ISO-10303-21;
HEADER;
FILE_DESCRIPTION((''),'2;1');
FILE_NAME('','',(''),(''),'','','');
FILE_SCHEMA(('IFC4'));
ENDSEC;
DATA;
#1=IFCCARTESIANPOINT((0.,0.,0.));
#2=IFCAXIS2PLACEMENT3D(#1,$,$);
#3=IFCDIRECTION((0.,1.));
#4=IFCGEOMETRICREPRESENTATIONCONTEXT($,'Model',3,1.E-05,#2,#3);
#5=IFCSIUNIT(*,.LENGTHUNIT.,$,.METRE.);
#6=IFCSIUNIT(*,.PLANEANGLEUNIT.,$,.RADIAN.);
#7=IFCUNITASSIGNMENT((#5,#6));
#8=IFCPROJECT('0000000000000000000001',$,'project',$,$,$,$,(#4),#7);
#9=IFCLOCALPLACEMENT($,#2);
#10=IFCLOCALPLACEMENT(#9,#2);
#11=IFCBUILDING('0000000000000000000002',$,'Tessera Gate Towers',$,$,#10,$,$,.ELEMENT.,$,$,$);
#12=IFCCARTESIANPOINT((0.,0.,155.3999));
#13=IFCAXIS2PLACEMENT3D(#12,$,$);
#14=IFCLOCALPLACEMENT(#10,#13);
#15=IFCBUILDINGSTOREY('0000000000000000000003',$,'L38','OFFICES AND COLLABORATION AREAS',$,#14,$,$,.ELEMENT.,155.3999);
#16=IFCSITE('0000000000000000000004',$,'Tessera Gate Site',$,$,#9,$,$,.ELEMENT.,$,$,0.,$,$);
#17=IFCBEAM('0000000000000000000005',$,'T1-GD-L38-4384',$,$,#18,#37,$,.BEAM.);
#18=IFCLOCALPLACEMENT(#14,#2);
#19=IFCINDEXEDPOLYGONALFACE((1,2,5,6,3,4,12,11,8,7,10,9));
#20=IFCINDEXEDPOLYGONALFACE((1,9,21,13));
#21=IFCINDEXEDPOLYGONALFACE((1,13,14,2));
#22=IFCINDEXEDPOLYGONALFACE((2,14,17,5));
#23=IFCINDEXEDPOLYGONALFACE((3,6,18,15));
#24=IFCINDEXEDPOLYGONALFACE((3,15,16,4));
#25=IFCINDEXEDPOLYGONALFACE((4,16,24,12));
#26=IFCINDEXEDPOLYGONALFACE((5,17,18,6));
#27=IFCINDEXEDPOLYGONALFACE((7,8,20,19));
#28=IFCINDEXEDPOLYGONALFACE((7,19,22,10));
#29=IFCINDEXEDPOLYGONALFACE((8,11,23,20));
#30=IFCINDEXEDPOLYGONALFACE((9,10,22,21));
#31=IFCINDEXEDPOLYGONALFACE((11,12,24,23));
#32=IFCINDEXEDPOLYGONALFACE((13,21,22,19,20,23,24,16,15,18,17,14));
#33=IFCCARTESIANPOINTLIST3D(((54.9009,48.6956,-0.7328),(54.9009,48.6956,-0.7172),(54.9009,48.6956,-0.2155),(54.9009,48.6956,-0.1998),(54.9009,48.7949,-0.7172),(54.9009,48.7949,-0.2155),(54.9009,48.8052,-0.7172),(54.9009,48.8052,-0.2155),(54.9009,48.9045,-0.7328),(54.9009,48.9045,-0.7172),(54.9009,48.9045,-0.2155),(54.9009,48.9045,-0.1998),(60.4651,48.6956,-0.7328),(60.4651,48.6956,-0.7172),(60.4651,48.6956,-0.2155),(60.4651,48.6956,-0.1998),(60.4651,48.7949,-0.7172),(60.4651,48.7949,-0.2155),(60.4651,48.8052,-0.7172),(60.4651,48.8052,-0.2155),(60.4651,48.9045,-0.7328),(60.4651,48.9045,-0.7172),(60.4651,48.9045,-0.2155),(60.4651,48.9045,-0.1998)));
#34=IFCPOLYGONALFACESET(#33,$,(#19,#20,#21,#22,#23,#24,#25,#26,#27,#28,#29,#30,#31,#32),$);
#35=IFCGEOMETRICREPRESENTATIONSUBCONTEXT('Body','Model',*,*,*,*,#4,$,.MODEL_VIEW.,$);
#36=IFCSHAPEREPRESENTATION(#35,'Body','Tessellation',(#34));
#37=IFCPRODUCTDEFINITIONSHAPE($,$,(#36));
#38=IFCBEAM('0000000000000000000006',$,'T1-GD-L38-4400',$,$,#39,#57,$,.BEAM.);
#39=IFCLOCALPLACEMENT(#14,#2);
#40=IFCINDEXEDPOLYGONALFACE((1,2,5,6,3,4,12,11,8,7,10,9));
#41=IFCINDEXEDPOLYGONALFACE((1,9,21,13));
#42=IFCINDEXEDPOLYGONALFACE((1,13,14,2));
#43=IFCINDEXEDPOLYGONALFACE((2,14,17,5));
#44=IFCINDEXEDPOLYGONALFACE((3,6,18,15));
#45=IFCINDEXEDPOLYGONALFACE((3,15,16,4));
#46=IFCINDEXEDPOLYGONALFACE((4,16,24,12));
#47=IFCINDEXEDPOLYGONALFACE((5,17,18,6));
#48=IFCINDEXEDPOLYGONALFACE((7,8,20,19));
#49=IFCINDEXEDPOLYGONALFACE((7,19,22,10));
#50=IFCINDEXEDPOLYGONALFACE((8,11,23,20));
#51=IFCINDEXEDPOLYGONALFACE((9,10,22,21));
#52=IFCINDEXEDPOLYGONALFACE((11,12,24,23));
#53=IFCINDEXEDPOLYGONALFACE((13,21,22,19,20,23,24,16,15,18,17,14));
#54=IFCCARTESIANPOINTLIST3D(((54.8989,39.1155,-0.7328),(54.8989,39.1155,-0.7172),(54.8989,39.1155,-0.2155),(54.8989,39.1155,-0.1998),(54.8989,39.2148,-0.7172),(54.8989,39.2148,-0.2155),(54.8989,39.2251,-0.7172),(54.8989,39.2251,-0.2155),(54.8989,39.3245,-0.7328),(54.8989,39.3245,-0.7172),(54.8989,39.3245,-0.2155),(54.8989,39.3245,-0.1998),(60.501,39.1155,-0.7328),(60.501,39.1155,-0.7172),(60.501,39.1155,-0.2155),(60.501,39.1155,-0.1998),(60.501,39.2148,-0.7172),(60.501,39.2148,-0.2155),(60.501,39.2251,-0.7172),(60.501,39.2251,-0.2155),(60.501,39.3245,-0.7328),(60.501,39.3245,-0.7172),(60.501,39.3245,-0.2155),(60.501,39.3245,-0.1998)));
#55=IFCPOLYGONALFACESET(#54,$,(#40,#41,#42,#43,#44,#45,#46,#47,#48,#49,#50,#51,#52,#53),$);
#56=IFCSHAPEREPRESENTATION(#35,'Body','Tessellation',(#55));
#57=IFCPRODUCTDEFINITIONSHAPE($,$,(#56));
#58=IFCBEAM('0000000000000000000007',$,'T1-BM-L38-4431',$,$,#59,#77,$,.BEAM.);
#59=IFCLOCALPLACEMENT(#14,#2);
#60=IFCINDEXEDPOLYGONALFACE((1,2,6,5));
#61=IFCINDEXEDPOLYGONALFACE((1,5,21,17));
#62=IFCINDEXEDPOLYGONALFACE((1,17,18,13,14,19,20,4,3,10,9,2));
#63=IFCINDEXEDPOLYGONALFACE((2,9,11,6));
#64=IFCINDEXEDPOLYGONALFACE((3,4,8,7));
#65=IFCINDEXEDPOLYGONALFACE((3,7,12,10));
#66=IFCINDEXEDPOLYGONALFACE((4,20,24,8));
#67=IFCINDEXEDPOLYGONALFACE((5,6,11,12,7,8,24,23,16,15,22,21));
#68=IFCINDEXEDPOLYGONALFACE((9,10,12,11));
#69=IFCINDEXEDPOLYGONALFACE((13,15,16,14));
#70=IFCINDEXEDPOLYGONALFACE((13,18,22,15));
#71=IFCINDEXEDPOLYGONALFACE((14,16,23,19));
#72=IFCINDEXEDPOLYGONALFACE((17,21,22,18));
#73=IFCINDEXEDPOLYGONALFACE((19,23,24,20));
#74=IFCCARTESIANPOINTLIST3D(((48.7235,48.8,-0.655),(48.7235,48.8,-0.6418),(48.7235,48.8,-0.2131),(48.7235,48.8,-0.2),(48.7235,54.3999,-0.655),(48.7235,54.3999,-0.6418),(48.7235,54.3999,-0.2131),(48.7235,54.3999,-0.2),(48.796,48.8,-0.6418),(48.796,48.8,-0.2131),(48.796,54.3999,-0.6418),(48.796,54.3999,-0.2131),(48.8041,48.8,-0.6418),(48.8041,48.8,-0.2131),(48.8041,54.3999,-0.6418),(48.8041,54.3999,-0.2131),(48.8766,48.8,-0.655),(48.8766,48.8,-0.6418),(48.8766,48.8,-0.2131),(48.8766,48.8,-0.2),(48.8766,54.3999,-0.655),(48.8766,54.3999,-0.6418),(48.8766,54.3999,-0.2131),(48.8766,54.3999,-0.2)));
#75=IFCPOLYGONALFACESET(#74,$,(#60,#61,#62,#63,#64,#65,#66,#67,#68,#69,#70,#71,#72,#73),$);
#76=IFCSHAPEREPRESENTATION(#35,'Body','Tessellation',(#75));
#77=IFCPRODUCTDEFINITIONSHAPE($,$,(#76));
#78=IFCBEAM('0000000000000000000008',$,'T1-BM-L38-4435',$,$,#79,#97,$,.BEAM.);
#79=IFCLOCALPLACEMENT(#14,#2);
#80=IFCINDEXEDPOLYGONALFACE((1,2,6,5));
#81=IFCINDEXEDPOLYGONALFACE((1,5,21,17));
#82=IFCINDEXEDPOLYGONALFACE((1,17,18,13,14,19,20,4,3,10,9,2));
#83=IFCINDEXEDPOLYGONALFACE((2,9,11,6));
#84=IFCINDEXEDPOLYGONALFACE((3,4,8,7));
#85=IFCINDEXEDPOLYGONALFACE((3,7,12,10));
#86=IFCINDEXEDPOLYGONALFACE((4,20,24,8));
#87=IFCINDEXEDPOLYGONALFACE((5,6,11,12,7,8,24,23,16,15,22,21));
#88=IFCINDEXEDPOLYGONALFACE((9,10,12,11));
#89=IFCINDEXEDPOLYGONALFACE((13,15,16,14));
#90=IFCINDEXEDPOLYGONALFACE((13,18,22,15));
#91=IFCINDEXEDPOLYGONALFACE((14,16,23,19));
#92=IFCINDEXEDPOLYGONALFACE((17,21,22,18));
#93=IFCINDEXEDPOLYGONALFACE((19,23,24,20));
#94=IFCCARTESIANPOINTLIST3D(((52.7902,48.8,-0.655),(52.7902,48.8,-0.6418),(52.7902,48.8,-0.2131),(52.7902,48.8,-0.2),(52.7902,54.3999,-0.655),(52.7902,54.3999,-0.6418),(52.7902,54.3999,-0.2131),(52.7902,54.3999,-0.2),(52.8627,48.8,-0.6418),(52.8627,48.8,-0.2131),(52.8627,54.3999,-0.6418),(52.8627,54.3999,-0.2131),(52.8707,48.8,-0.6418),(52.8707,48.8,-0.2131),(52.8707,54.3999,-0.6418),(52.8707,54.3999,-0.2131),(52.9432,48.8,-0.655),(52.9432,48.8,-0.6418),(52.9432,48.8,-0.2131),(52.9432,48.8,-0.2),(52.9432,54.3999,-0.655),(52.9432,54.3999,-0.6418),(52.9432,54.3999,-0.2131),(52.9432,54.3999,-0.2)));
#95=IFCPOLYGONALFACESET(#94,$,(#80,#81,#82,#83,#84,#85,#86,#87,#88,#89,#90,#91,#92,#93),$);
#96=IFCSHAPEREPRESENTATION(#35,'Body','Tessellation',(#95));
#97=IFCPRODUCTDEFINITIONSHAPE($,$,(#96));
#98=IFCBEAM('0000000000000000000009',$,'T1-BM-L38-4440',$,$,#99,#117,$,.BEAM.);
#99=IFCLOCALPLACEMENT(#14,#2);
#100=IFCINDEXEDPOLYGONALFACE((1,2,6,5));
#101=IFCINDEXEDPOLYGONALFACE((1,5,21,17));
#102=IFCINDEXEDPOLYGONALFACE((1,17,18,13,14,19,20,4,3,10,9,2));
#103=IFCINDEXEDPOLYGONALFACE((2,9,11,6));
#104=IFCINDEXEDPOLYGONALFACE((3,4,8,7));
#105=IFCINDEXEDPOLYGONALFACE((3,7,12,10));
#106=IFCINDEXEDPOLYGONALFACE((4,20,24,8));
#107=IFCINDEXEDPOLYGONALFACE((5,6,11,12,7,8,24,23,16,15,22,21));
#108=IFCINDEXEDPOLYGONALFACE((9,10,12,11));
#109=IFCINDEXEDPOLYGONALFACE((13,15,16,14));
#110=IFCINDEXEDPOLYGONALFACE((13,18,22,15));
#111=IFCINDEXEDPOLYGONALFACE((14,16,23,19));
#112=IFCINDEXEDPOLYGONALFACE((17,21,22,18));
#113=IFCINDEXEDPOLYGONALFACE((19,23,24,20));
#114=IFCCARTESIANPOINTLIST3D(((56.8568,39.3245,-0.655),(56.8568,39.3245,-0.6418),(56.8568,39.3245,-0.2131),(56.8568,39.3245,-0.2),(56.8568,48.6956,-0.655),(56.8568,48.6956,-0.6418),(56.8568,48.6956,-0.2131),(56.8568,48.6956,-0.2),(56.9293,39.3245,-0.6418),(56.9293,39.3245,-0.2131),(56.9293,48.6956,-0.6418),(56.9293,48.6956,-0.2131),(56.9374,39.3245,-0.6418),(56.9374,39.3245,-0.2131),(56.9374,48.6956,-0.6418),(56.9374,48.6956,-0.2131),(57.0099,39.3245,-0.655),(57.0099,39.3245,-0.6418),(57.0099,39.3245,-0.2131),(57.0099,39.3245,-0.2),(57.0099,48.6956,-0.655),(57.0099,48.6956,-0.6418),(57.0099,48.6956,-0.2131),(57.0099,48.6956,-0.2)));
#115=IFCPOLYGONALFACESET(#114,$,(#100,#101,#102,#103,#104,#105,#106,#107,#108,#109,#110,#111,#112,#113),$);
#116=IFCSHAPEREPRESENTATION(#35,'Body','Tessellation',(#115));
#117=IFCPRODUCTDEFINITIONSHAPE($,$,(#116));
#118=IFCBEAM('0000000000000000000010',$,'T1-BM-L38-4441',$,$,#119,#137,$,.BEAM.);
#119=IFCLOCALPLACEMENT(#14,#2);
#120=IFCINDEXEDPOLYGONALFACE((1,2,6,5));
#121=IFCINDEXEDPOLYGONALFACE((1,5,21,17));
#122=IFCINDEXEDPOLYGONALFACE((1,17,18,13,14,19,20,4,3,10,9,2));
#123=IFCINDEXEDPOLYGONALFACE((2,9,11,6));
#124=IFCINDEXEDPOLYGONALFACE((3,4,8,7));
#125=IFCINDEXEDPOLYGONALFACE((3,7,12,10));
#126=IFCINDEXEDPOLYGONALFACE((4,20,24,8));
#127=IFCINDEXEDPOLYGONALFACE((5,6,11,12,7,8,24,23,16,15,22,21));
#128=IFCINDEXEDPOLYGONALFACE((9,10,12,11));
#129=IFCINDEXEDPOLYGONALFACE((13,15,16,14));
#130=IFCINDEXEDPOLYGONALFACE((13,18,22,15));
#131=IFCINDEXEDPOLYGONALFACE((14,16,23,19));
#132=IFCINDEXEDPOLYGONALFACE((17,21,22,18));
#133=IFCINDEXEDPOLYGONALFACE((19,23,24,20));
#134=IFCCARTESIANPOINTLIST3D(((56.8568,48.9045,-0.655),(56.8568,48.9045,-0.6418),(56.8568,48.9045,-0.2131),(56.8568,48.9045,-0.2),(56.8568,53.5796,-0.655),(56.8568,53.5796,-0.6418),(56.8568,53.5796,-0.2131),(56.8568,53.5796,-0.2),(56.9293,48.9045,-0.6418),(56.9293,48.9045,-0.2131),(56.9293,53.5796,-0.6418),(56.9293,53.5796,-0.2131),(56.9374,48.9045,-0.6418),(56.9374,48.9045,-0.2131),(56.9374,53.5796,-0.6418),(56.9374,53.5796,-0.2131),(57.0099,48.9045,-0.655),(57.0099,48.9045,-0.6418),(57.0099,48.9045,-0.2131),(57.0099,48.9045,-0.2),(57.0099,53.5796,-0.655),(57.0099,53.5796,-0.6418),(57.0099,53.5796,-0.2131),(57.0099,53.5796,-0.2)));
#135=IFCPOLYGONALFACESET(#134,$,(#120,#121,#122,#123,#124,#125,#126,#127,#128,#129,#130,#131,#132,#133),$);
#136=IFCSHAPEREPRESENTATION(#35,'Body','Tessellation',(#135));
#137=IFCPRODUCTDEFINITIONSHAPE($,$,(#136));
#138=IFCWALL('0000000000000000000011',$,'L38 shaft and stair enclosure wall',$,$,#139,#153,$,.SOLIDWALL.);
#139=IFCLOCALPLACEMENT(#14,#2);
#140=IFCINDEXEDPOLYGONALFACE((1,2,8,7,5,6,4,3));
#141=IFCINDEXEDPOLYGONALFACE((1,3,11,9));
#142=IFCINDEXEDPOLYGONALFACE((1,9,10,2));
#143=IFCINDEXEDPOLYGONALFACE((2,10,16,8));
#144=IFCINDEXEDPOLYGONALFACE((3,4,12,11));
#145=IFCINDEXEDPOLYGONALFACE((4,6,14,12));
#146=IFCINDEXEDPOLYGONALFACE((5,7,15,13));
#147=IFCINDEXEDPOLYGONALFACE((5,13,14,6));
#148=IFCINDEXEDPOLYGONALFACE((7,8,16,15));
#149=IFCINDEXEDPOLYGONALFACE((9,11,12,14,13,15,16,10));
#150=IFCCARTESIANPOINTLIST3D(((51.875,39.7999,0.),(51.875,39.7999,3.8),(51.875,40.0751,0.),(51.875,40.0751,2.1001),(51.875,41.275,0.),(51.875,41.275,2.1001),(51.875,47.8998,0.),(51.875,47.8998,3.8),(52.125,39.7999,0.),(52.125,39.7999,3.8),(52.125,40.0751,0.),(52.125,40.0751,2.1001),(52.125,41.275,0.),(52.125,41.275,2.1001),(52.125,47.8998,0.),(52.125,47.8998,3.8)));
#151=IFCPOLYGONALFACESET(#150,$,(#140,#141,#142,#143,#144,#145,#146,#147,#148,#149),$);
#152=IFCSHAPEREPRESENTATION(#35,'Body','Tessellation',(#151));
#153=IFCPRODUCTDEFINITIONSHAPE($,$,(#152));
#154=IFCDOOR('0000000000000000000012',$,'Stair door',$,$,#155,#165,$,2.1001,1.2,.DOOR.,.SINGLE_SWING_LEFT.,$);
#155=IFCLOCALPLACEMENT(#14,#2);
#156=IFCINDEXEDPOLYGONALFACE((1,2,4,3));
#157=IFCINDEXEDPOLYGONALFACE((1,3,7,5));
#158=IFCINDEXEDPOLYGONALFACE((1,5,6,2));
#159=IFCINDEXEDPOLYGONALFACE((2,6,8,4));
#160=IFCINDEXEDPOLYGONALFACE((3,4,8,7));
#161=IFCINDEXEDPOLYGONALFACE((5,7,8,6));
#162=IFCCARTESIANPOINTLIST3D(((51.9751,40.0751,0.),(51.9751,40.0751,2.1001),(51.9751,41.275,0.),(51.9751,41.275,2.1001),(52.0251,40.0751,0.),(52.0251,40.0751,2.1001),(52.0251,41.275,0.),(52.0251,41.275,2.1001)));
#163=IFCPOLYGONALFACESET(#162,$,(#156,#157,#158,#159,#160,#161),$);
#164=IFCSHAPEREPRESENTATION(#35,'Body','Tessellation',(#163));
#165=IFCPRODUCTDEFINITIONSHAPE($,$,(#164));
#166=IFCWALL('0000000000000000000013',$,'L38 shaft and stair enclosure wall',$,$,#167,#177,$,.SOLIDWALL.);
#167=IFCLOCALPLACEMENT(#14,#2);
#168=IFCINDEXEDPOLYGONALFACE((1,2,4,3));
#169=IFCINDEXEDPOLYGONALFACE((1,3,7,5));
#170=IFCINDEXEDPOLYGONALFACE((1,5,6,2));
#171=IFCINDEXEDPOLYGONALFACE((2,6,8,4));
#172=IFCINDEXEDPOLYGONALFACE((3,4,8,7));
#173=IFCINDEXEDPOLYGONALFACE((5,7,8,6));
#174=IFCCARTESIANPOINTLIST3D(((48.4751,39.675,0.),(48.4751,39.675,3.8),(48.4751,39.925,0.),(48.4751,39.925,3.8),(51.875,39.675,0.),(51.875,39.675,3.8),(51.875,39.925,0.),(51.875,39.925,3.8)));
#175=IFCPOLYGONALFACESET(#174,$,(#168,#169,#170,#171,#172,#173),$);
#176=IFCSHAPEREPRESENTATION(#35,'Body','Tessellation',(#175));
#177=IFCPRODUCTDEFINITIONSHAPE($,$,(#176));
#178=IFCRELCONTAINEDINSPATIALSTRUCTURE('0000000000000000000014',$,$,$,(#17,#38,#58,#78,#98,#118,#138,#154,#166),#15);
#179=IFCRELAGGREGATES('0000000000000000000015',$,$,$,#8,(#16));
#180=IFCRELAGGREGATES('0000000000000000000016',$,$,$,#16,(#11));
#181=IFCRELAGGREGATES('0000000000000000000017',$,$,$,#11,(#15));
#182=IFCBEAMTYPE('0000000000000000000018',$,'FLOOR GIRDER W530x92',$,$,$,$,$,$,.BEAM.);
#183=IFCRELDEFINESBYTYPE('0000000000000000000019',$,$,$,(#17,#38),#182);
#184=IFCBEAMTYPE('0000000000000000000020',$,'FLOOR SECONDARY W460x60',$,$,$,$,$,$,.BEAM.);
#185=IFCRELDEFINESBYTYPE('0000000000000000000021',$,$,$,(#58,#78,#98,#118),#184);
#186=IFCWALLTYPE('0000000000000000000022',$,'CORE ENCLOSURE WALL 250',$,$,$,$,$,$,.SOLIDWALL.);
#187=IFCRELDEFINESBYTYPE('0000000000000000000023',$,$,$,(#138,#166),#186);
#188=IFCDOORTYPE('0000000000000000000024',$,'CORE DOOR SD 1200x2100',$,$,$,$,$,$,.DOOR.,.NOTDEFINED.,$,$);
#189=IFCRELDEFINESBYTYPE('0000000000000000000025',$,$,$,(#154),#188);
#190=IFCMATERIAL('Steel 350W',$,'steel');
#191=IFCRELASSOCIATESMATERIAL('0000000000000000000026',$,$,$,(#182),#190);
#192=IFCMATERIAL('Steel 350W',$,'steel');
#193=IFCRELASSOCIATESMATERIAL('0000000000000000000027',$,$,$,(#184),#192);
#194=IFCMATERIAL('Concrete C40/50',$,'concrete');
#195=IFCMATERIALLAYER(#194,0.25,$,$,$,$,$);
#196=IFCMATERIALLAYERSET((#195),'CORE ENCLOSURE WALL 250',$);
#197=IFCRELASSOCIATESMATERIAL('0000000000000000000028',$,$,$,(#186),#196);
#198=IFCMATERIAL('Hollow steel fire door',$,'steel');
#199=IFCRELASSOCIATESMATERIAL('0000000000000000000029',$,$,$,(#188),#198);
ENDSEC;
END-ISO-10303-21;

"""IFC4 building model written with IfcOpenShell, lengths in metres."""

from ifc_helpers import new_model, si_unit, direction, frame, frame_2d, origin, origin_2d, place, context, subcontext, project, spatial, rectangle, i_section, extrude, source, transform, mapped, material, layer, layer_set, material_profile, profile_set, type_object, element, fill, save


model = new_model("IFC4")

# Units and contexts
model_context = context("Model", 3, precision=1e-05, world=origin(), true_north=direction((0.0, 1.0)))
body_context = subcontext(model_context, "Body", "Model", "MODEL_VIEW")
ifc_project = project(units=[si_unit("LENGTHUNIT", "METRE"), si_unit("PLANEANGLEUNIT", "RADIAN")], contexts=[model_context])

# Site, building, storey
site_placement = place(None, origin())
site = spatial("IfcSite", under=ifc_project, at=site_placement, Name="Tessera Gate Site", CompositionType="ELEMENT", RefElevation=0.0)
building_placement = place(site_placement, origin())
building = spatial("IfcBuilding", under=site, at=building_placement, Name="Tessera Gate Towers", CompositionType="ELEMENT")
storey_placement = place(building_placement, frame((0.0, 0.0, 155.3999)))
storey = spatial("IfcBuildingStorey", under=building, at=storey_placement, Name="L38", Description="OFFICES AND COLLABORATION AREAS", CompositionType="ELEMENT", Elevation=155.3999)

# Beams
ifc_material_1 = material(Name="Steel 350W", Category="steel")
ifc_material_profile_1 = material_profile(ifc_material_1, i_section(OverallWidth=0.209, OverallDepth=0.533, WebThickness=0.0103, FlangeThickness=0.0156, at=origin_2d()), Name="W530x92")
ifc_profile_set_1 = profile_set([ifc_material_profile_1], Name="Steel 350W")
beam_type_1 = type_object("IfcBeamType", Name="FLOOR GIRDER W530x92", PredefinedType="BEAM", material=ifc_profile_set_1)
beam_1_placement = place(storey_placement, frame((54.9009, 48.8, -0.4663), z_axis=(1.0, 0.0, 0.0), x_axis=(0.0, 1.0, 0.0)))
element("IfcBeam", 1, at=beam_1_placement, inside=storey, type_object=beam_type_1, Name="T1-GD-L38-4384", PredefinedType="BEAM", context=body_context, shape_type="SweptSolid", body=[
    extrude(i_section(OverallWidth=0.209, OverallDepth=0.533, WebThickness=0.0103, FlangeThickness=0.0156, at=origin_2d()), origin(), (0.0, 0.0, 1.0), 5.5642),
])
beam_2_placement = place(storey_placement, frame((54.8989, 39.22, -0.4663), z_axis=(1.0, 0.0, 0.0), x_axis=(0.0, 1.0, 0.0)))
element("IfcBeam", 2, at=beam_2_placement, inside=storey, type_object=beam_type_1, Name="T1-GD-L38-4400", PredefinedType="BEAM", context=body_context, shape_type="SweptSolid", body=[
    extrude(i_section(OverallWidth=0.209, OverallDepth=0.533, WebThickness=0.0103, FlangeThickness=0.0156, at=origin_2d()), origin(), (0.0, 0.0, 1.0), 5.6021),
])
ifc_material_2 = material(Name="Steel 350W", Category="steel")
ifc_material_profile_2 = material_profile(ifc_material_2, i_section(OverallWidth=0.1531, OverallDepth=0.4551, WebThickness=0.0081, FlangeThickness=0.0132, at=origin_2d()), Name="W460x60")
ifc_profile_set_2 = profile_set([ifc_material_profile_2], Name="Steel 350W")
beam_type_2 = type_object("IfcBeamType", Name="FLOOR SECONDARY W460x60", PredefinedType="BEAM", material=ifc_profile_set_2)
for number, where, z_axis, x_axis, name in (
    (3, (48.8, 48.8, -0.4275), (0.0, 1.0, 0.0), (-1.0, 0.0, 0.0), "T1-BM-L38-4431"),
    (4, (52.8667, 48.8, -0.4275), (0.0, 1.0, 0.0), (-1.0, 0.0, 0.0), "T1-BM-L38-4435"),
):
    element("IfcBeam", number, at=place(storey_placement, frame(where, z_axis=z_axis, x_axis=x_axis)), inside=storey, type_object=beam_type_2, Name=name, PredefinedType="BEAM", context=body_context, shape_type="SweptSolid", body=[
        extrude(i_section(OverallWidth=0.1531, OverallDepth=0.4551, WebThickness=0.0081, FlangeThickness=0.0132, at=origin_2d()), origin(), (0.0, 0.0, 1.0), 5.5999),
    ])
beam_3_placement = place(storey_placement, frame((56.9333, 39.3245, -0.4275), z_axis=(0.0, 1.0, 0.0), x_axis=(-1.0, 0.0, 0.0)))
element("IfcBeam", 5, at=beam_3_placement, inside=storey, type_object=beam_type_2, Name="T1-BM-L38-4440", PredefinedType="BEAM", context=body_context, shape_type="SweptSolid", body=[
    extrude(i_section(OverallWidth=0.1531, OverallDepth=0.4551, WebThickness=0.0081, FlangeThickness=0.0132, at=origin_2d()), origin(), (0.0, 0.0, 1.0), 9.3711),
])
beam_4_placement = place(storey_placement, frame((56.9333, 48.9045, -0.4275), z_axis=(0.0, 1.0, 0.0), x_axis=(-1.0, 0.0, 0.0)))
element("IfcBeam", 6, at=beam_4_placement, inside=storey, type_object=beam_type_2, Name="T1-BM-L38-4441", PredefinedType="BEAM", context=body_context, shape_type="SweptSolid", body=[
    extrude(i_section(OverallWidth=0.1531, OverallDepth=0.4551, WebThickness=0.0081, FlangeThickness=0.0132, at=origin_2d()), origin(), (0.0, 0.0, 1.0), 4.675),
])

# Wall, opening, door
ifc_material_3 = material(Name="Concrete C40/50", Category="concrete")
ifc_layer_1 = layer(ifc_material_3, 0.25)
ifc_layer_set_1 = layer_set([ifc_layer_1], Name="CORE ENCLOSURE WALL 250")
wall_type_1 = type_object("IfcWallType", Name="CORE ENCLOSURE WALL 250", PredefinedType="SOLIDWALL", material=ifc_layer_set_1)
wall_1_placement = place(storey_placement, frame((52.0, 39.8, 0.0), z_axis=(0.0, 0.0, 1.0), x_axis=(0.0, 1.0, 0.0)))
wall_1 = element("IfcWall", 7, at=wall_1_placement, inside=storey, type_object=wall_type_1, Name="L38 shaft and stair enclosure wall", PredefinedType="SOLIDWALL", context=body_context, shape_type="SweptSolid", body=[
    extrude(rectangle(XDim=8.0999, YDim=0.25, at=frame_2d((4.0498, 0.0))), origin(), (0.0, 0.0, 1.0), 3.8),
])
shared_shape_1 = source(origin(), body_context, "Body", "SweptSolid", [
    extrude(rectangle(XDim=1.2, YDim=2.1001, at=frame_2d((0.6001, 1.05))), frame((0.0, 0.135, 0.0), z_axis=(0.0, -1.0, 0.0), x_axis=(1.0, 0.0, 0.0)), (0.0, 0.0, 1.0), 0.27),
])
opening_1_placement = place(wall_1_placement, frame((0.2749, 0.0, 0.0)))
opening_1 = element("IfcOpeningElement", 8, at=opening_1_placement, cuts=wall_1, PredefinedType="OPENING", context=body_context, shape_type="MappedRepresentation", body=[
    mapped(shared_shape_1, transform((0.0, 0.0, 0.0), scale=1.0)),
])
ifc_material_4 = material(Name="Hollow steel fire door", Category="steel")
door_type_1 = type_object("IfcDoorType", Name="CORE DOOR SD 1200x2100", OperationType="NOTDEFINED", PredefinedType="DOOR", material=ifc_material_4)
shared_shape_2 = source(origin(), body_context, "Body", "SweptSolid", [
    extrude(rectangle(XDim=1.2, YDim=2.1001, at=frame_2d((0.6001, 1.05))), frame((0.0, 0.0249, 0.0), z_axis=(0.0, -1.0, 0.0), x_axis=(1.0, 0.0, 0.0)), (0.0, 0.0, 1.0), 0.05),
])
door_1_placement = place(opening_1_placement, origin())
door_1 = element("IfcDoor", 9, at=door_1_placement, inside=storey, type_object=door_type_1, Name="Stair door", OperationType="SINGLE_SWING_LEFT", OverallHeight=2.1001, OverallWidth=1.2, PredefinedType="DOOR", context=body_context, shape_type="MappedRepresentation", body=[
    mapped(shared_shape_2, transform((0.0, 0.0, 0.0), scale=1.0)),
])
fill(opening_1, door_1)

# Wall
wall_2_placement = place(storey_placement, frame((48.4751, 39.8, 0.0), z_axis=(0.0, 0.0, 1.0), x_axis=(1.0, 0.0, 0.0)))
element("IfcWall", 10, at=wall_2_placement, inside=storey, type_object=wall_type_1, Name="L38 shaft and stair enclosure wall", PredefinedType="SOLIDWALL", context=body_context, shape_type="SweptSolid", body=[
    extrude(rectangle(XDim=3.3999, YDim=0.25, at=frame_2d((1.7, 0.0))), origin(), (0.0, 0.0, 1.0), 3.8),
])

save(model, "model.ifc")
